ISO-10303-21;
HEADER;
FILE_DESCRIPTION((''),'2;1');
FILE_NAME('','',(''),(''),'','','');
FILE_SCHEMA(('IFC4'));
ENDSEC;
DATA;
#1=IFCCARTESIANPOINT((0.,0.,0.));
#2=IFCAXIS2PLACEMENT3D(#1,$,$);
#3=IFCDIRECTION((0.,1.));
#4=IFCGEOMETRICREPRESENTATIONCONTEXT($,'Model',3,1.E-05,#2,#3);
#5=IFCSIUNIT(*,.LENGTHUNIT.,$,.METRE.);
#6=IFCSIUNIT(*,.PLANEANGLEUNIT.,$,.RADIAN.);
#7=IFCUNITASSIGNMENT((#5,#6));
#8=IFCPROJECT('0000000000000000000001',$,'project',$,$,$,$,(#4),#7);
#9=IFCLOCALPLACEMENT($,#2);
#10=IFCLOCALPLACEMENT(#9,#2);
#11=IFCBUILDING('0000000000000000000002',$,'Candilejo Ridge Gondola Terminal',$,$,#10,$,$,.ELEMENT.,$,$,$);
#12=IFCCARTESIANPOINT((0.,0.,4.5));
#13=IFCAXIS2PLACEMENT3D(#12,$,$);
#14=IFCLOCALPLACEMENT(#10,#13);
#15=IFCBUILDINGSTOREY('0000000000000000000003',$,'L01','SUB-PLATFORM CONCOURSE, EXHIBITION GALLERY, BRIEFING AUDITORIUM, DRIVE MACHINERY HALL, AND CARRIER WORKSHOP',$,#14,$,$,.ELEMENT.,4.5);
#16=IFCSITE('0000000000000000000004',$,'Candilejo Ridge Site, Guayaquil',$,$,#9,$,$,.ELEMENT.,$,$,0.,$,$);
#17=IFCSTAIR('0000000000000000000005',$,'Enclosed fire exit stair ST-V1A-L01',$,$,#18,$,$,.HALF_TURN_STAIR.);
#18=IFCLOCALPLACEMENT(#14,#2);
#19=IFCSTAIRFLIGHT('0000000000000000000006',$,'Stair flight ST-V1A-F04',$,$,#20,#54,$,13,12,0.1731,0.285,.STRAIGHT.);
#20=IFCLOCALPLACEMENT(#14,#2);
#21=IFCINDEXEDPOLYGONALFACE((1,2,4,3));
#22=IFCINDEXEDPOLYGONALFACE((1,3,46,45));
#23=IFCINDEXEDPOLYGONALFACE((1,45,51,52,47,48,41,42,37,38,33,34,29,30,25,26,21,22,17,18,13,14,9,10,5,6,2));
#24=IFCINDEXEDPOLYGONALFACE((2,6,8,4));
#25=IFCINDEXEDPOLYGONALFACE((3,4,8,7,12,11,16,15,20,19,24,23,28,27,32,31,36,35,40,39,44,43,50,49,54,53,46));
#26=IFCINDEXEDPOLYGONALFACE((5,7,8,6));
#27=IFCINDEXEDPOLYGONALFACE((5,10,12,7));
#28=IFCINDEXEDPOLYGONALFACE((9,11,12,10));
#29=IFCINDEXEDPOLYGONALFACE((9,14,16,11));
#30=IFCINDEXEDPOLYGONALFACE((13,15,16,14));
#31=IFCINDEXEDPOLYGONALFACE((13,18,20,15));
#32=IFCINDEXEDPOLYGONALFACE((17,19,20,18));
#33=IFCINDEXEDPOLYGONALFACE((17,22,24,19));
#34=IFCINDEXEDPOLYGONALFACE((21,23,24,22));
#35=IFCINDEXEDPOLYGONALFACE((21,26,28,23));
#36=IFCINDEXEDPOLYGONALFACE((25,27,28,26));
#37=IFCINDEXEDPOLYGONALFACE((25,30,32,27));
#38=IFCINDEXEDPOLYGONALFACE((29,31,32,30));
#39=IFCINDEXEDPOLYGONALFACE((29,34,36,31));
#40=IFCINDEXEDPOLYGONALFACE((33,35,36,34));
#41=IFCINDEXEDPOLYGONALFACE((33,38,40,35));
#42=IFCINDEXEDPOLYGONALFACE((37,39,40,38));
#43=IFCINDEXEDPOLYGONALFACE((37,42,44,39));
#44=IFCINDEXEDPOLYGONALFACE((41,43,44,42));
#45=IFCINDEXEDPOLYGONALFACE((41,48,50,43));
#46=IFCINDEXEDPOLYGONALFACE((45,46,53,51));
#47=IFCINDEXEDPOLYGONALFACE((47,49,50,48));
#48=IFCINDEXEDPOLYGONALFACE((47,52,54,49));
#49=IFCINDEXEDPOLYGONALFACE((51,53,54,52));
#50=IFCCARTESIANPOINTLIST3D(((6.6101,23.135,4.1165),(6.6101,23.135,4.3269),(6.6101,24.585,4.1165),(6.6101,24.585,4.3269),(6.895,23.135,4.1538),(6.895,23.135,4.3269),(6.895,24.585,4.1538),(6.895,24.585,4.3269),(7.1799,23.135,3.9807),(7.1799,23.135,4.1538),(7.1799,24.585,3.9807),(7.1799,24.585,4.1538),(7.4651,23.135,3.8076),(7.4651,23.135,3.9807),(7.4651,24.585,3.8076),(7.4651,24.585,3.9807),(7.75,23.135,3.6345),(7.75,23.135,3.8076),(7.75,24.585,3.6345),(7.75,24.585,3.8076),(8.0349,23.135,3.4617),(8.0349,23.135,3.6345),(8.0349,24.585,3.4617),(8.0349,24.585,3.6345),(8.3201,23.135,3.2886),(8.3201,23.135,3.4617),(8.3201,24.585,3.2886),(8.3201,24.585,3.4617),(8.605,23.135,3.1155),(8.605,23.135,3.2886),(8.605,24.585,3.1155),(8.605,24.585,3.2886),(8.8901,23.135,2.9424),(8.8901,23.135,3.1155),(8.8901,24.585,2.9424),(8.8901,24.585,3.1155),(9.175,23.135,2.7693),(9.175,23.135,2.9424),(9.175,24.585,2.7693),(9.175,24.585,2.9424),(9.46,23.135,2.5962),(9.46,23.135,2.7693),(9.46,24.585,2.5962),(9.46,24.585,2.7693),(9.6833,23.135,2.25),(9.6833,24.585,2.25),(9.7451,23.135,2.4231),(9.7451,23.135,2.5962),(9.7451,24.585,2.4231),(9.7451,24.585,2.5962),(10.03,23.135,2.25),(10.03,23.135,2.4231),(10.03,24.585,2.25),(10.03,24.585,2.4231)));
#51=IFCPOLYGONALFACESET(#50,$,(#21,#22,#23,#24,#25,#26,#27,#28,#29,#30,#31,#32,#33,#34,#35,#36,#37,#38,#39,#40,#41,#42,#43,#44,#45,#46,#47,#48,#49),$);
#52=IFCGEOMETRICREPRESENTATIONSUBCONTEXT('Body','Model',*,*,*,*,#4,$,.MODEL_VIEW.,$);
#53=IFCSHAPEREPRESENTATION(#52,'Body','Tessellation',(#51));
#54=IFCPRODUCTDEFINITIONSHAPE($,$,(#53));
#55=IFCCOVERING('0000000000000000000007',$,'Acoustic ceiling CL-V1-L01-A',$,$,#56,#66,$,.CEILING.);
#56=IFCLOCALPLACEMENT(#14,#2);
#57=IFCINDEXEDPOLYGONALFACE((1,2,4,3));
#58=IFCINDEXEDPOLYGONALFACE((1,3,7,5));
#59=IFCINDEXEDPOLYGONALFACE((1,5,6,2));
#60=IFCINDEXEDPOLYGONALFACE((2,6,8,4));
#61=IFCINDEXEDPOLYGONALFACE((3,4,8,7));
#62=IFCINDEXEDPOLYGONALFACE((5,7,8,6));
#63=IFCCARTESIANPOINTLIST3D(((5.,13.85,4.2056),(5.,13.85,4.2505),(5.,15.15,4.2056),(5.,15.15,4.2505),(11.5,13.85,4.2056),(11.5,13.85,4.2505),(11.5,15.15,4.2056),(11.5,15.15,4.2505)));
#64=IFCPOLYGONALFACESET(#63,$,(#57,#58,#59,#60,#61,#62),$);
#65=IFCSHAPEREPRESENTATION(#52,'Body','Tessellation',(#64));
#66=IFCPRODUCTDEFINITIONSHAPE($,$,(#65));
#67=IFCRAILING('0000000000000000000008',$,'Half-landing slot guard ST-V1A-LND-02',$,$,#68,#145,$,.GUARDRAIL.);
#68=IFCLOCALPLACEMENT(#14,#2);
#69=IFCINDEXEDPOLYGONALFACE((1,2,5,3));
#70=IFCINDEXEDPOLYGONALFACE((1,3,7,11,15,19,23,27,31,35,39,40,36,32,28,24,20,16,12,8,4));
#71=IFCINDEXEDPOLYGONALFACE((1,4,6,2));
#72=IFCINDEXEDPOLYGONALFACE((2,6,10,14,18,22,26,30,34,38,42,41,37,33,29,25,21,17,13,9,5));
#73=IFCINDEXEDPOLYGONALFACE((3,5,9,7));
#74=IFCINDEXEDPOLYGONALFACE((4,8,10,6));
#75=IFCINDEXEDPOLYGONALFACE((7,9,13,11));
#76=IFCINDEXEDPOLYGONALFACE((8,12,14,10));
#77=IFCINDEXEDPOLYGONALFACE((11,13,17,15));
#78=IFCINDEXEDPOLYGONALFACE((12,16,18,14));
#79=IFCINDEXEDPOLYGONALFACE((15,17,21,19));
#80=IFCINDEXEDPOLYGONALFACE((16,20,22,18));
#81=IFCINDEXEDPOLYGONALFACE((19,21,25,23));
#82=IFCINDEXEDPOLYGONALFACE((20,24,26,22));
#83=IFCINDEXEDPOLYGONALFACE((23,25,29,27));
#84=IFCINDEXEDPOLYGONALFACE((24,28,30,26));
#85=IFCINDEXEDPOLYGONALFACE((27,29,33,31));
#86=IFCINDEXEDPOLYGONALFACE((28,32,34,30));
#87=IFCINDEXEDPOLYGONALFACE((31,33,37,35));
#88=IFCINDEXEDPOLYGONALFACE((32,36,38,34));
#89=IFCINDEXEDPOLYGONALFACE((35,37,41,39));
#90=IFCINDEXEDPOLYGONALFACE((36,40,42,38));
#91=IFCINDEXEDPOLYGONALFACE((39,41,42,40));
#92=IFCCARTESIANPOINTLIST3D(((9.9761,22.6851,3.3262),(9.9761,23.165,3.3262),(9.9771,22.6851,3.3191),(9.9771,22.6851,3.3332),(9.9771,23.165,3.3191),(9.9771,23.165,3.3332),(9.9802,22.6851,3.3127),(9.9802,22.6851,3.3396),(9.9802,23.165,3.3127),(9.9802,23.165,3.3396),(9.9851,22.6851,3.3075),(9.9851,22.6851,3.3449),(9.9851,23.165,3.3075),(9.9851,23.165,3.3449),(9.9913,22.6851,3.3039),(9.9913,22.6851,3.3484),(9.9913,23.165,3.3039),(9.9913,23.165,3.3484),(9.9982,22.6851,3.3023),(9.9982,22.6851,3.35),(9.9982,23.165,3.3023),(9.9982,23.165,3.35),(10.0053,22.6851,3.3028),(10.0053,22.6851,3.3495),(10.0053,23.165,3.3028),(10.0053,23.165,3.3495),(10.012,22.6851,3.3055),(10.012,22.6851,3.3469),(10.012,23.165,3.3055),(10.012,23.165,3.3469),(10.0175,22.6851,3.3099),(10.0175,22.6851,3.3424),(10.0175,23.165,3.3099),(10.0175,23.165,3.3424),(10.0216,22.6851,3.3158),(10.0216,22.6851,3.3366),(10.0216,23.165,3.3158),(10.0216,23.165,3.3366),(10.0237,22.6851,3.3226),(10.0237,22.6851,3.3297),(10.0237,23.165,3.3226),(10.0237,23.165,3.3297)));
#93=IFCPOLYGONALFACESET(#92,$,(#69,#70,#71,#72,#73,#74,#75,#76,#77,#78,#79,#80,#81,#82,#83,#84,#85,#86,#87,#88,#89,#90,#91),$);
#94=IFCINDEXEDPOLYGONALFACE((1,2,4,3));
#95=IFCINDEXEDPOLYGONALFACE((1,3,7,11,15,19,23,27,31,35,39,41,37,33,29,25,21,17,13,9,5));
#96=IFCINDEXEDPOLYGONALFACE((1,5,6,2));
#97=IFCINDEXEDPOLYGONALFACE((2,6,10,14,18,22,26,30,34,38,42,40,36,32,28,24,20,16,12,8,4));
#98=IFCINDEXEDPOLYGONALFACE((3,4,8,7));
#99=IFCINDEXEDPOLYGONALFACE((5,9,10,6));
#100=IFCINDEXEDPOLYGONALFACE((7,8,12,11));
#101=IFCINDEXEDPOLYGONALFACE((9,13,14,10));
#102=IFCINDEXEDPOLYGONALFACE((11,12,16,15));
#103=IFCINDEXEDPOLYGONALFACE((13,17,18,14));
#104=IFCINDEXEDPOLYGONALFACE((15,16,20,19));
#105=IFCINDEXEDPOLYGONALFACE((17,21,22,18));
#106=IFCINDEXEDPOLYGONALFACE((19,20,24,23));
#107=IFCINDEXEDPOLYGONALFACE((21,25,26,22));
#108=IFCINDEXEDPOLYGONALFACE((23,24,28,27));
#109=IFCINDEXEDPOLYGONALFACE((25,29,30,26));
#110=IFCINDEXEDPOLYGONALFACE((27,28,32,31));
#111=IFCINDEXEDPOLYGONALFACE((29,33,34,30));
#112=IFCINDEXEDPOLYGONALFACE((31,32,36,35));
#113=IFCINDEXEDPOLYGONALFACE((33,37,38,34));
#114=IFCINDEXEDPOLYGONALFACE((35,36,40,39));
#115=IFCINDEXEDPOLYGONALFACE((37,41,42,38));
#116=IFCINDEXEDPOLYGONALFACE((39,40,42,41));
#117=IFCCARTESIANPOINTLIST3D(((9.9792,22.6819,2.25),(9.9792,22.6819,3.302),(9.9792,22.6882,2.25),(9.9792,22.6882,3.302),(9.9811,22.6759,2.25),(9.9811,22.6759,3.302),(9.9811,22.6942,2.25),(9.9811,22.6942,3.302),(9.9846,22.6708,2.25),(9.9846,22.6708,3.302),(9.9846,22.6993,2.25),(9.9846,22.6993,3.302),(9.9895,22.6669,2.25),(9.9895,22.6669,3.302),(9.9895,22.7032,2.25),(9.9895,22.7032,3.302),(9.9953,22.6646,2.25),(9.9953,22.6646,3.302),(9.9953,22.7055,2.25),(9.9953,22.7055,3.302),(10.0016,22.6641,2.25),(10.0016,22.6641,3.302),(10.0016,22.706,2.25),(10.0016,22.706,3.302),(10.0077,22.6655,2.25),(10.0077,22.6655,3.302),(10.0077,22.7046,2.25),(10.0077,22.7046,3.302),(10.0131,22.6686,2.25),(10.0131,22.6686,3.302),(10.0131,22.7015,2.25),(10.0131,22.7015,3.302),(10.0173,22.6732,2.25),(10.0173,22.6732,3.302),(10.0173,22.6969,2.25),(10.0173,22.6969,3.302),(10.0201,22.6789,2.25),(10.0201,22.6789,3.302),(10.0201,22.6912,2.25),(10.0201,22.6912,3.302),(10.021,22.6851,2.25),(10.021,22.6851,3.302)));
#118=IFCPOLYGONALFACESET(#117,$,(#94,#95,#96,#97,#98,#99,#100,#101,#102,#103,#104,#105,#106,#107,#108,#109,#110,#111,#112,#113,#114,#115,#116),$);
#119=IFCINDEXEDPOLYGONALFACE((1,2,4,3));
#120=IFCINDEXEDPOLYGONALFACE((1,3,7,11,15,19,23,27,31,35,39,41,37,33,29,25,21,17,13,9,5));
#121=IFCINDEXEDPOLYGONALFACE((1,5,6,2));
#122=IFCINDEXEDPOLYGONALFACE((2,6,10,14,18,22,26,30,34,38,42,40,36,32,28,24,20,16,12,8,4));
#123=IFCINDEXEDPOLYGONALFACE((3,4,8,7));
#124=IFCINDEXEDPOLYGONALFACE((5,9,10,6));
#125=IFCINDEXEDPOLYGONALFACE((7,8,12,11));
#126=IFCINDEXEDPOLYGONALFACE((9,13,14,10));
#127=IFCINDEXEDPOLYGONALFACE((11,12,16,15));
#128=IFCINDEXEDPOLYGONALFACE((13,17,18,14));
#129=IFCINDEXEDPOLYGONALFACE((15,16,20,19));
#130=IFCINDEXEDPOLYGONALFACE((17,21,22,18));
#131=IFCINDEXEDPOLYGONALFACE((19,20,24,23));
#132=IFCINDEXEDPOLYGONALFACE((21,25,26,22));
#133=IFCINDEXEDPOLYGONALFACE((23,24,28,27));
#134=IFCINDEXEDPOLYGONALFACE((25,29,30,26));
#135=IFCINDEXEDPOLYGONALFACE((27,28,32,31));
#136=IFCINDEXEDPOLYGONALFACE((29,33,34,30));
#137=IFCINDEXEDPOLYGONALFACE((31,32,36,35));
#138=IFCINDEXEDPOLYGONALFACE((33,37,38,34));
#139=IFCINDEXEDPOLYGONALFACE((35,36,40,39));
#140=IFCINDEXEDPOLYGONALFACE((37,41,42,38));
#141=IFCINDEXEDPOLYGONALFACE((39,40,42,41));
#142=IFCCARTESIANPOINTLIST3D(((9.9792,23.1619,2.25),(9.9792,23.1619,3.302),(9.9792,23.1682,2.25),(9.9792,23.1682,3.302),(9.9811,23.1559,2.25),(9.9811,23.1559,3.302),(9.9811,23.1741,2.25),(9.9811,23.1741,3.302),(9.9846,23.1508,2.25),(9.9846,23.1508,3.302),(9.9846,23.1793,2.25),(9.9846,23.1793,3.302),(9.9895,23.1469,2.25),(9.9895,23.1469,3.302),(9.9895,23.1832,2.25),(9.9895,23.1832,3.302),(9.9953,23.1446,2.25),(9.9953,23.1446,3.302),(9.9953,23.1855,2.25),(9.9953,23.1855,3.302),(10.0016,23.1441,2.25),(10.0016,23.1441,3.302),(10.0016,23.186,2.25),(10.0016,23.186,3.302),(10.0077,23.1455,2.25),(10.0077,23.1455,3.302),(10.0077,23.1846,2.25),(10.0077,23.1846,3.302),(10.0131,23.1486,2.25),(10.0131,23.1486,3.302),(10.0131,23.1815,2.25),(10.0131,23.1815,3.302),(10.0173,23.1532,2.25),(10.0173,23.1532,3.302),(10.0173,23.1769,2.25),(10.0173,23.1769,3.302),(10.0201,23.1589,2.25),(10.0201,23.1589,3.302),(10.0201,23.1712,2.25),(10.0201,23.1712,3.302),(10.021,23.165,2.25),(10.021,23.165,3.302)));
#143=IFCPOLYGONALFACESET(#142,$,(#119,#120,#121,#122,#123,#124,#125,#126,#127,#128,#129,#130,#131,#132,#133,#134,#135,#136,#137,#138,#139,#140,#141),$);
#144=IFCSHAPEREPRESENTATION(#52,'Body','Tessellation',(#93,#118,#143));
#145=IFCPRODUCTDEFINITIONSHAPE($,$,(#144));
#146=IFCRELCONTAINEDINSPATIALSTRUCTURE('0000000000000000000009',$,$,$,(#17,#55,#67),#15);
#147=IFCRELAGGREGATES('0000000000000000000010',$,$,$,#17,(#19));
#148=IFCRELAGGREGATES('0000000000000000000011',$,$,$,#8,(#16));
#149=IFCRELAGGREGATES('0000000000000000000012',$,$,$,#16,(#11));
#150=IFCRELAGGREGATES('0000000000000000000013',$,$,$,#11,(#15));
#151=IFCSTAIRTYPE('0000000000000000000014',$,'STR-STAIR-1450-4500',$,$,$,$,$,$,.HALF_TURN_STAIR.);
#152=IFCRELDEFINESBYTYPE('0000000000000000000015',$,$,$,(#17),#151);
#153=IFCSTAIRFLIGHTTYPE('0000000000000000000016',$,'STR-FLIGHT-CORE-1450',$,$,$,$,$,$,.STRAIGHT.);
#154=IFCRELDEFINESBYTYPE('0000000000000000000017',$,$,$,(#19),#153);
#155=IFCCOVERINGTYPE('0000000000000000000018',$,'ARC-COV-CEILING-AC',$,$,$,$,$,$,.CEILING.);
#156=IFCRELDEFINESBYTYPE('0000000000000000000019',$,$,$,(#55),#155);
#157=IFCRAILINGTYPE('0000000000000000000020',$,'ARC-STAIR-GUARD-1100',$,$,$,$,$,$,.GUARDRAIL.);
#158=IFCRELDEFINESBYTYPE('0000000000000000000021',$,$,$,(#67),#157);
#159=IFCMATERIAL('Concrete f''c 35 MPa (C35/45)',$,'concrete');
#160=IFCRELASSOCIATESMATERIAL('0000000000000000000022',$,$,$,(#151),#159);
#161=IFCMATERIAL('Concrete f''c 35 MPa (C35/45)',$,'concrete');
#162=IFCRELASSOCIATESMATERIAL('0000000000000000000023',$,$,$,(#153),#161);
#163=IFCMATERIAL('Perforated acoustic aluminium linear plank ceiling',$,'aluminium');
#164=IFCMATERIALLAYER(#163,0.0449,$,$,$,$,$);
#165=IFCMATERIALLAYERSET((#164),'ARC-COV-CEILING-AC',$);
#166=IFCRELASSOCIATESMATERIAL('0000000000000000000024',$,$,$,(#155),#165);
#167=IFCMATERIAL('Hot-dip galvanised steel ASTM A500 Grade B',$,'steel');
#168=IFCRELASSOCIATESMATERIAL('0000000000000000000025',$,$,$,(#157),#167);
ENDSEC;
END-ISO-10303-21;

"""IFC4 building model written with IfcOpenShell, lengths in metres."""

from ifc_helpers import new_model, si_unit, direction, frame, origin, origin_2d, place, context, subcontext, project, spatial, polyline, rectangle, circle, outline, extrude, material, layer, layer_set, type_object, element, aggregate, save


model = new_model("IFC4")

# Units and contexts
model_context = context("Model", 3, precision=1e-05, world=origin(), true_north=direction((0.0, 1.0)))
body_context = subcontext(model_context, "Body", "Model", "MODEL_VIEW")
ifc_project = project(units=[si_unit("LENGTHUNIT", "METRE"), si_unit("PLANEANGLEUNIT", "RADIAN")], contexts=[model_context])

# Site, building, storey
site_placement = place(None, origin())
site = spatial("IfcSite", under=ifc_project, at=site_placement, Name="Candilejo Ridge Site, Guayaquil", CompositionType="ELEMENT", RefElevation=0.0)
building_placement = place(site_placement, origin())
building = spatial("IfcBuilding", under=site, at=building_placement, Name="Candilejo Ridge Gondola Terminal", CompositionType="ELEMENT")
storey_placement = place(building_placement, frame((0.0, 0.0, 4.5)))
storey = spatial("IfcBuildingStorey", under=building, at=storey_placement, Name="L01", Description="SUB-PLATFORM CONCOURSE, EXHIBITION GALLERY, BRIEFING AUDITORIUM, DRIVE MACHINERY HALL, AND CARRIER WORKSHOP", CompositionType="ELEMENT", Elevation=4.5)

# Stair, stair flight
ifc_material_1 = material(Name="Concrete f'c 35 MPa (C35/45)", Category="concrete")
stair_type = type_object("IfcStairType", Name="STR-STAIR-1450-4500", PredefinedType="HALF_TURN_STAIR", material=ifc_material_1)
stair_placement = place(storey_placement, origin())
stair = element("IfcStair", 1, at=stair_placement, inside=storey, type_object=stair_type, Name="Enclosed fire exit stair ST-V1A-L01", PredefinedType="HALF_TURN_STAIR")
ifc_material_2 = material(Name="Concrete f'c 35 MPa (C35/45)", Category="concrete")
stair_flight_type = type_object("IfcStairFlightType", Name="STR-FLIGHT-CORE-1450", PredefinedType="STRAIGHT", material=ifc_material_2)
stair_flight_placement = place(storey_placement, frame((10.03, 23.8601, 2.25), z_axis=(0.0, 0.0, 1.0), x_axis=(-1.0, 0.0, 0.0)))
stair_flight = element("IfcStairFlight", 2, at=stair_flight_placement, type_object=stair_flight_type, Name="Stair flight ST-V1A-F04", NumberOfRisers=13, NumberOfTreads=12, PredefinedType="STRAIGHT", RiserHeight=0.1731, TreadLength=0.285, context=body_context, shape_type="SweptSolid", body=[
    extrude(outline(polyline([(0.0, 0.0), (0.0, 0.1731), (0.2849, 0.1731), (0.2849, 0.3462), (0.5701, 0.3462), (0.5701, 0.5193), (0.855, 0.5193), (0.855, 0.6924), (1.1399, 0.6924), (1.1399, 0.8655), (1.425, 0.8655), (1.425, 1.0386), (1.71, 1.0386), (1.71, 1.2117), (1.9951, 1.2117), (1.9951, 1.3845), (2.28, 1.3845), (2.28, 1.5576), (2.5649, 1.5576), (2.5649, 1.7307), (2.8501, 1.7307), (2.8501, 1.9038), (3.135, 1.9038), (3.135, 2.0769), (3.4199, 2.0769), (3.4199, 2.25), (3.4199, 1.8665), (0.3467, 0.0), (0.0, 0.0)])), frame((0.0, 0.7251, 0.0), z_axis=(0.0, -1.0, 0.0), x_axis=(1.0, 0.0, 0.0)), (0.0, 0.0, 1.0), 1.45),
])
aggregate(stair, [stair_flight])

# Covering
ifc_material_3 = material(Name="Perforated acoustic aluminium linear plank ceiling", Category="aluminium")
ifc_layer_1 = layer(ifc_material_3, 0.0449)
ifc_layer_set_1 = layer_set([ifc_layer_1], Name="ARC-COV-CEILING-AC")
covering_type = type_object("IfcCoveringType", Name="ARC-COV-CEILING-AC", PredefinedType="CEILING", material=ifc_layer_set_1)
covering_placement = place(storey_placement, frame((8.25, 14.5, 4.2056), z_axis=(0.0, 0.0, 1.0), x_axis=(1.0, 0.0, 0.0)))
element("IfcCovering", 3, at=covering_placement, inside=storey, type_object=covering_type, Name="Acoustic ceiling CL-V1-L01-A", PredefinedType="CEILING", context=body_context, shape_type="SweptSolid", body=[
    extrude(rectangle(XDim=6.5, YDim=1.3, at=origin_2d()), origin(), (0.0, 0.0, 1.0), 0.0449),
])

# Railing
ifc_material_4 = material(Name="Hot-dip galvanised steel ASTM A500 Grade B", Category="steel")
railing_type_1 = type_object("IfcRailingType", Name="ARC-STAIR-GUARD-1100", PredefinedType="GUARDRAIL", material=ifc_material_4)
railing_1_placement = place(storey_placement, frame((10.0, 22.6851, 2.25)))
element("IfcRailing", 4, at=railing_1_placement, inside=storey, type_object=railing_type_1, Name="Half-landing slot guard ST-V1A-LND-02", PredefinedType="GUARDRAIL", context=body_context, shape_type="SweptSolid", body=[
    extrude(circle(Radius=0.0239, at=origin_2d()), frame((0.0, 0.0, 1.0762), z_axis=(0.0, 1.0, 0.0), x_axis=(-1.0, 0.0, 0.0)), (0.0, 0.0, 1.0), 0.48),
    extrude(circle(Radius=0.021, at=origin_2d()), origin(), (0.0, 0.0, 1.0), 1.052),
    extrude(circle(Radius=0.021, at=origin_2d()), frame((0.0, 0.48, 0.0)), (0.0, 0.0, 1.0), 1.052),
])

save(model, "model.ifc")
